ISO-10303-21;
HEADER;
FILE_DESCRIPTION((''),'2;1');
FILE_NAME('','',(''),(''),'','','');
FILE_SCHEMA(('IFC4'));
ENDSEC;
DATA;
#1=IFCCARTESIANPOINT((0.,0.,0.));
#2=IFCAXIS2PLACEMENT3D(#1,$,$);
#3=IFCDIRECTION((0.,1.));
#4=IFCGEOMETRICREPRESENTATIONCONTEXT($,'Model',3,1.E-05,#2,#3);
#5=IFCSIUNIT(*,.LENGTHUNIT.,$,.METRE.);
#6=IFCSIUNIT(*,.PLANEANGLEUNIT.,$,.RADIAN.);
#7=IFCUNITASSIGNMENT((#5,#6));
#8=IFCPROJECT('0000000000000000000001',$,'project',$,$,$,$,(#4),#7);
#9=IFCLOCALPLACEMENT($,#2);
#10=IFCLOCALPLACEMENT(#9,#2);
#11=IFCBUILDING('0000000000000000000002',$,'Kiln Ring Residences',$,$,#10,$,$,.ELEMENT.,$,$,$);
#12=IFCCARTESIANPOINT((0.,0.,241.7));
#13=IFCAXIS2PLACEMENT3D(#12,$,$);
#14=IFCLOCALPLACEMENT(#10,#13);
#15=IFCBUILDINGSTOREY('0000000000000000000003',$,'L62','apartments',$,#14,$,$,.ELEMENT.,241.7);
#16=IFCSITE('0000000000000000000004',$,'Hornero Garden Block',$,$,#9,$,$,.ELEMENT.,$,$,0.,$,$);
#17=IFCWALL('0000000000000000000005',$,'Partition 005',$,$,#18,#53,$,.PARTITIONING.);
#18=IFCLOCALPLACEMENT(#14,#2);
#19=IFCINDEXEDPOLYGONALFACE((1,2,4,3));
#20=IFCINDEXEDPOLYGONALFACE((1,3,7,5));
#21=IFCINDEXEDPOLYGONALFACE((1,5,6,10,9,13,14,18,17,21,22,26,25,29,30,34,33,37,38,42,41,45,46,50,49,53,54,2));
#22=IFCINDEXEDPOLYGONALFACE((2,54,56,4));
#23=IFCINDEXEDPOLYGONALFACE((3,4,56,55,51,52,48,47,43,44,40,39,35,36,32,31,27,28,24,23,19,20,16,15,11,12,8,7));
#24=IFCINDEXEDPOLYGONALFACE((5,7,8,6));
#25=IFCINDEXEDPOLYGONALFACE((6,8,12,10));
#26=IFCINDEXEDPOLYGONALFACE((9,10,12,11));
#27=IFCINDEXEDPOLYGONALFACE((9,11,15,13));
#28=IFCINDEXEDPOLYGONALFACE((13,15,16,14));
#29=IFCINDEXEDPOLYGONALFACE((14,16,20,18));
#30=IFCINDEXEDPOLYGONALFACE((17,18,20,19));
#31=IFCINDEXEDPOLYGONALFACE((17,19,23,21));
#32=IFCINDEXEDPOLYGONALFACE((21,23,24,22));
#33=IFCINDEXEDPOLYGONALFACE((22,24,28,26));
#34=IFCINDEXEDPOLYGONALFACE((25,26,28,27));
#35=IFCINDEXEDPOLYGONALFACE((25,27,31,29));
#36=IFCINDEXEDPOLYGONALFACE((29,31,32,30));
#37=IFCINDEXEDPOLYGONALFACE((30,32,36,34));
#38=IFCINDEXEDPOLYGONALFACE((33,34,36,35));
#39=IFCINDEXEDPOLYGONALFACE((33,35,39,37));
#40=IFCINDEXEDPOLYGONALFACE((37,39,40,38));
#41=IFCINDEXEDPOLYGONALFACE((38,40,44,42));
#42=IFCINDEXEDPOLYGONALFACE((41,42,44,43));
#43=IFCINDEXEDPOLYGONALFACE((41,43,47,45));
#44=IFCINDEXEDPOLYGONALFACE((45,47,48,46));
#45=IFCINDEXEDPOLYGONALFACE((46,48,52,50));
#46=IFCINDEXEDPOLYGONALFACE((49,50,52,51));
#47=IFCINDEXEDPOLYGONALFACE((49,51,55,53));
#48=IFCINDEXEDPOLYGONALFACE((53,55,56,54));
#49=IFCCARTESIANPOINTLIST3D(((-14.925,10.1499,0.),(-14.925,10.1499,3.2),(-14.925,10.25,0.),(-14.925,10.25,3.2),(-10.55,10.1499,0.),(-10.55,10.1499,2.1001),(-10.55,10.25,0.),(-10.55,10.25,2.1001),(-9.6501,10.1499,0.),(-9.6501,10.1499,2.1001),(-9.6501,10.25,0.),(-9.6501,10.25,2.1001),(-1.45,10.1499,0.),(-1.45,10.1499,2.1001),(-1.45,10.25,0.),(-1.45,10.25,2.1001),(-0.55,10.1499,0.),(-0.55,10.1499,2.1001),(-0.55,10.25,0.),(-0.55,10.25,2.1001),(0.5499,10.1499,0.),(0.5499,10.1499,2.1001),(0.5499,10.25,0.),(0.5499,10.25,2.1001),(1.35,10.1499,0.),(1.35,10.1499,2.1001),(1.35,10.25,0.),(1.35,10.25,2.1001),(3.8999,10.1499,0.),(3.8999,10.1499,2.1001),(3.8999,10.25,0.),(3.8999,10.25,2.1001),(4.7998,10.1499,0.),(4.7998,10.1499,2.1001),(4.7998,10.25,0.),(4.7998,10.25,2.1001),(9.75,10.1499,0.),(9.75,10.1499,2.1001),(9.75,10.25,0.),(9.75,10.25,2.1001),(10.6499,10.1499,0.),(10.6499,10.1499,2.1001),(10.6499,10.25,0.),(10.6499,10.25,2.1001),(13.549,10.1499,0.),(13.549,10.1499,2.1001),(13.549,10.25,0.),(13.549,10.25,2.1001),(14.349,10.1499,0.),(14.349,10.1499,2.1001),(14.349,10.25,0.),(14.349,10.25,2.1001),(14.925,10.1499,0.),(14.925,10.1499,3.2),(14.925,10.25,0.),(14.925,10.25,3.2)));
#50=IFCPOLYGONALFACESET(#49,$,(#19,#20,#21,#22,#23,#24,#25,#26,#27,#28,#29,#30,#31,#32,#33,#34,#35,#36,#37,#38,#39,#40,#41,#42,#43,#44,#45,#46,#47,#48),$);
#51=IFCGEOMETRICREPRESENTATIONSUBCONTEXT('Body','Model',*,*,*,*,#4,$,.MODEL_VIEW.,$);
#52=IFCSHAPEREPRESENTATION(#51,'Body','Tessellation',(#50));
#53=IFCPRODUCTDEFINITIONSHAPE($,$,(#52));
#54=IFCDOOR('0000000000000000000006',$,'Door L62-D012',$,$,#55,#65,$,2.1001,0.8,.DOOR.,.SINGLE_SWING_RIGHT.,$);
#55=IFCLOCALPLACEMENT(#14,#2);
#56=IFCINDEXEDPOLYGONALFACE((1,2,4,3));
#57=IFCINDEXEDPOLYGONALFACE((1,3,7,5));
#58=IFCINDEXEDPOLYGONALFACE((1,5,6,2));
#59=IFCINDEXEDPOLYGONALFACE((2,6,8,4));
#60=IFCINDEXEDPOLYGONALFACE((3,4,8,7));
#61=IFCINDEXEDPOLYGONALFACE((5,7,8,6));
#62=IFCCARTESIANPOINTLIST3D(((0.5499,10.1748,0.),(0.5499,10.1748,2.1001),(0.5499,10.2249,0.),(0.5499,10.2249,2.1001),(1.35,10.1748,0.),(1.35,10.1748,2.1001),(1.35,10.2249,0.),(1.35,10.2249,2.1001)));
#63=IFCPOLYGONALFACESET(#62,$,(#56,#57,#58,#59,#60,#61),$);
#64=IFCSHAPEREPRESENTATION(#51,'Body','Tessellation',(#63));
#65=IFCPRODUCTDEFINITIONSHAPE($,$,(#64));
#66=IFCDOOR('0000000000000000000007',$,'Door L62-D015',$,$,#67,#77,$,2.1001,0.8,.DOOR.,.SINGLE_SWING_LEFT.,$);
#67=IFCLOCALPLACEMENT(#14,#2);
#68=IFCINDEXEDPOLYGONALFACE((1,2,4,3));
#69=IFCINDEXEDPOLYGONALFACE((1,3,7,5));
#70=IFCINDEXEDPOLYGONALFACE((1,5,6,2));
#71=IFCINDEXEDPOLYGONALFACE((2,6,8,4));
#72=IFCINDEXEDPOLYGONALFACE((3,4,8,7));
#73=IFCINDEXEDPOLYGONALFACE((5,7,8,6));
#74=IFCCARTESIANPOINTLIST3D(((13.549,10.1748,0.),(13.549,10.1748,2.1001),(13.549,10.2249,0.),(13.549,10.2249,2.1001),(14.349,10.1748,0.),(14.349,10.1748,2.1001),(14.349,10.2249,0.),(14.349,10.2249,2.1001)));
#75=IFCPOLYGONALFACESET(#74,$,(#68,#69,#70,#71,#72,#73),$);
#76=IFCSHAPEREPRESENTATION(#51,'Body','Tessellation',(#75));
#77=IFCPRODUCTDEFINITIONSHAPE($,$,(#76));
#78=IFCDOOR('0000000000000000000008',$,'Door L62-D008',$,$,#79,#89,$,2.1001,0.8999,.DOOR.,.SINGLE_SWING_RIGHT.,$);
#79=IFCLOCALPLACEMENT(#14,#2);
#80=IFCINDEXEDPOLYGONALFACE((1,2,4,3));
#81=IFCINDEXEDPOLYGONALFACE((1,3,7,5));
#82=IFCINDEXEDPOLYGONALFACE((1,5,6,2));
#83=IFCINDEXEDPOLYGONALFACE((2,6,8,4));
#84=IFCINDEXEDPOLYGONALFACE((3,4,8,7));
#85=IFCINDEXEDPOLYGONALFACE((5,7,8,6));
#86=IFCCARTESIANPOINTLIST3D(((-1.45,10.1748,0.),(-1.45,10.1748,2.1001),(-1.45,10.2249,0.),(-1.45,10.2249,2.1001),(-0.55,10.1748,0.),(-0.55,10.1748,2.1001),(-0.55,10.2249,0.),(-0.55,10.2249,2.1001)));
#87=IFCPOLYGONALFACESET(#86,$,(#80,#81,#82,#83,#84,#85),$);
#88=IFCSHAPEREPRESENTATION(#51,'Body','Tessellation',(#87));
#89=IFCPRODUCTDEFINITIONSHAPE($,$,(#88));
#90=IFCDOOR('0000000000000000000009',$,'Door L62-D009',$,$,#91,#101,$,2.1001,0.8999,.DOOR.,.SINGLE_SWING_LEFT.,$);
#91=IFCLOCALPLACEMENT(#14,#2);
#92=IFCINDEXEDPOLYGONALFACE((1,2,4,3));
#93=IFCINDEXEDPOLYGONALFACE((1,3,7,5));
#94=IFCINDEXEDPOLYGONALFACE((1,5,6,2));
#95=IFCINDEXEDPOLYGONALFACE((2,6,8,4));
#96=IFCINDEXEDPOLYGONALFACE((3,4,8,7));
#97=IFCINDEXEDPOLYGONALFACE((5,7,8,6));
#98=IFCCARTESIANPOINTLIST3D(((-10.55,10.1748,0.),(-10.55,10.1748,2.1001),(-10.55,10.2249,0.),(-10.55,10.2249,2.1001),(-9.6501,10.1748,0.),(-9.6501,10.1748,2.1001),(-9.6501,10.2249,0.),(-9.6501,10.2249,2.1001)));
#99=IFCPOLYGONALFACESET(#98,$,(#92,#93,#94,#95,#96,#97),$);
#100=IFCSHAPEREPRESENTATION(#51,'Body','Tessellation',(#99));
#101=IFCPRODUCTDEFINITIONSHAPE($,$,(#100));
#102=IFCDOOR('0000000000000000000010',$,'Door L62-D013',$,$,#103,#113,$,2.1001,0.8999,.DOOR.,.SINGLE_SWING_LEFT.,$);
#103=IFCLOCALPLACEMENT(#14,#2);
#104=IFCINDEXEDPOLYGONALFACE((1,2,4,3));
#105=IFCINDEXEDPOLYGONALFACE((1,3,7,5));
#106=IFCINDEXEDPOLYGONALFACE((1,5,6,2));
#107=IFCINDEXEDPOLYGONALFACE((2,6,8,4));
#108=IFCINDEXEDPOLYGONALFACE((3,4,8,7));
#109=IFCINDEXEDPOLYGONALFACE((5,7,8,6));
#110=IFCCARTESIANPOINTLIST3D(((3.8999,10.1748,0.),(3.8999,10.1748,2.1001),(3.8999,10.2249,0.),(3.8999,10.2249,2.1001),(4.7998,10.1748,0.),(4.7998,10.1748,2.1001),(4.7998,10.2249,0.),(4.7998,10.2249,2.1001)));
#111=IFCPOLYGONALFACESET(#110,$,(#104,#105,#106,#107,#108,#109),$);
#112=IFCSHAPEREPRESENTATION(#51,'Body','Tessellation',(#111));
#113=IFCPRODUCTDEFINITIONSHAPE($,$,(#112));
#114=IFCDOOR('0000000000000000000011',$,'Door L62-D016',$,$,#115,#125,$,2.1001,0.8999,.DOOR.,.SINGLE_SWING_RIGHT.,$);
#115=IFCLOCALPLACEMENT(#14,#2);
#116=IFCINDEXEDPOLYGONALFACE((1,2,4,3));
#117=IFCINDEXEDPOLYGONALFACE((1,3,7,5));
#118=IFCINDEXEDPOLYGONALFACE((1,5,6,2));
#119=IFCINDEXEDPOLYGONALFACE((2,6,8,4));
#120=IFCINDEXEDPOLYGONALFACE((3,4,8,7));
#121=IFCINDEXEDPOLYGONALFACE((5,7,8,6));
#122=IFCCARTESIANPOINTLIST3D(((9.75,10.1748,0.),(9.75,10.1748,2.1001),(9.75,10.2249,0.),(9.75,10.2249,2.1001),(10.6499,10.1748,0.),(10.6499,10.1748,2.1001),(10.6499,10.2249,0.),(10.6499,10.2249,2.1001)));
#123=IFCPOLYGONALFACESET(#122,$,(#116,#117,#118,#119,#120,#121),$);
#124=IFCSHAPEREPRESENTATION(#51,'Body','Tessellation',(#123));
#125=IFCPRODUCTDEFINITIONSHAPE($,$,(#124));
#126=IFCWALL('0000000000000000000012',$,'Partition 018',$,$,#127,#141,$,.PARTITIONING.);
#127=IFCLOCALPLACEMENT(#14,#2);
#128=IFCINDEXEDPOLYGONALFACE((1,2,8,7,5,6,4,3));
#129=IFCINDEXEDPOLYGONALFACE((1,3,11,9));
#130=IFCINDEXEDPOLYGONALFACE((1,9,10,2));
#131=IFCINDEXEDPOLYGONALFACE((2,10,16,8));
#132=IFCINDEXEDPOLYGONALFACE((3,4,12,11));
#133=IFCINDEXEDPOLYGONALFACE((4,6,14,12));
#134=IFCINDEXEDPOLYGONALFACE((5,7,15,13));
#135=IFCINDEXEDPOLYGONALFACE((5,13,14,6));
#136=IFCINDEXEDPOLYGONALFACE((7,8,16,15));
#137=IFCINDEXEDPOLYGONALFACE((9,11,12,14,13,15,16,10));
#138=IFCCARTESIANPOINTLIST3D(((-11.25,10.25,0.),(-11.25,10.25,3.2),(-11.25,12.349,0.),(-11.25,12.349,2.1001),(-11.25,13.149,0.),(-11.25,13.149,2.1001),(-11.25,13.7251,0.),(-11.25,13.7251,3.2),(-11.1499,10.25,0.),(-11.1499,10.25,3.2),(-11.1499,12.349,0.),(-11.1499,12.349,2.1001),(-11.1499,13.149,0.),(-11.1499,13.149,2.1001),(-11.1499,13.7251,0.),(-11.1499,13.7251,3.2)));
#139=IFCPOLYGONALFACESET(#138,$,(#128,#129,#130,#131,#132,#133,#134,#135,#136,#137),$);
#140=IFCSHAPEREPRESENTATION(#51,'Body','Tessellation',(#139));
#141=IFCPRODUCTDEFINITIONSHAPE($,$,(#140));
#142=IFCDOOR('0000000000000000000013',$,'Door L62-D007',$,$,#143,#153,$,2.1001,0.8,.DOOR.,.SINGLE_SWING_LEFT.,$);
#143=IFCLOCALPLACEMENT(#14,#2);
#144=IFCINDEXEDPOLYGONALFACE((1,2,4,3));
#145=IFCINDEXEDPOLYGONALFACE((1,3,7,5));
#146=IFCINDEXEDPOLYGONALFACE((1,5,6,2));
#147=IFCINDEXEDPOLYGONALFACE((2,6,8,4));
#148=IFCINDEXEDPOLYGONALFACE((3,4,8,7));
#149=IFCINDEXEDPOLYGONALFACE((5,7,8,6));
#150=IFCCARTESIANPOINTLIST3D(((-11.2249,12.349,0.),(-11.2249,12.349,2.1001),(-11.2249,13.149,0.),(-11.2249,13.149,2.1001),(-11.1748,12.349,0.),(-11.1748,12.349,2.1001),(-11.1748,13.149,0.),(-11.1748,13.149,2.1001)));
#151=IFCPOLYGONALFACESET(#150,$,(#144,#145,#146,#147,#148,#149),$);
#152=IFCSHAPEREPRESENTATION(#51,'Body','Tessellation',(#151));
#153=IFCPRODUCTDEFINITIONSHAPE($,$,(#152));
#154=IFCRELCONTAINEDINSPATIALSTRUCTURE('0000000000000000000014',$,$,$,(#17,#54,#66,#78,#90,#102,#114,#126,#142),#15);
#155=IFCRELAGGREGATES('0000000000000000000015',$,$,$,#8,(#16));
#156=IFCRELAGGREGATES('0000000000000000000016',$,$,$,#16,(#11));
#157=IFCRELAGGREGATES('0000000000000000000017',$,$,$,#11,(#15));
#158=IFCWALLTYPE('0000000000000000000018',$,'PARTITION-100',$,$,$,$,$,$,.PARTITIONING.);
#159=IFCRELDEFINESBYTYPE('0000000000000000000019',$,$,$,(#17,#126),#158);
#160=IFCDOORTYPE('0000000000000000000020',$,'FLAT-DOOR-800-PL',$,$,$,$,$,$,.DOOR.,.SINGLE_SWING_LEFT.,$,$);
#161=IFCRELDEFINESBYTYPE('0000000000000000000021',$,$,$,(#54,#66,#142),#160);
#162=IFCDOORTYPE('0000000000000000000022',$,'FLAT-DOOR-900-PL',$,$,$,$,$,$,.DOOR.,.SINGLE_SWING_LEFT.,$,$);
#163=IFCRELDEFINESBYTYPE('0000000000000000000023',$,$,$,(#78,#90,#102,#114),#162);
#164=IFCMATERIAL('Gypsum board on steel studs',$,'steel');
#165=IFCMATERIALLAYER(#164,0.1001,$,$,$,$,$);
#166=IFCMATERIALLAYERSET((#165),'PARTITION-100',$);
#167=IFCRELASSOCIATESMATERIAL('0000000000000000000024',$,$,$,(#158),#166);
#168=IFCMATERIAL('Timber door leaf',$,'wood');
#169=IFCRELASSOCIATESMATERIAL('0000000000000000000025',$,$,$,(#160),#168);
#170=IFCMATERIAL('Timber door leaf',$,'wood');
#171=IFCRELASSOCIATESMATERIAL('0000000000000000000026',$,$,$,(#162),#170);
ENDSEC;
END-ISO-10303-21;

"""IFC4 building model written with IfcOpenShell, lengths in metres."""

from ifc_helpers import new_model, si_unit, direction, frame, frame_2d, origin, place, context, subcontext, project, spatial, rectangle, extrude, material, layer, layer_set, type_object, element, fill, save


model = new_model("IFC4")

# Units and contexts
model_context = context("Model", 3, precision=1e-05, world=origin(), true_north=direction((0.0, 1.0)))
body_context = subcontext(model_context, "Body", "Model", "MODEL_VIEW")
ifc_project = project(units=[si_unit("LENGTHUNIT", "METRE"), si_unit("PLANEANGLEUNIT", "RADIAN")], contexts=[model_context])

# Site, building, storey
site_placement = place(None, origin())
site = spatial("IfcSite", under=ifc_project, at=site_placement, Name="Hornero Garden Block", CompositionType="ELEMENT", RefElevation=0.0)
building_placement = place(site_placement, origin())
building = spatial("IfcBuilding", under=site, at=building_placement, Name="Kiln Ring Residences", CompositionType="ELEMENT")
storey_placement = place(building_placement, frame((0.0, 0.0, 241.7)))
storey = spatial("IfcBuildingStorey", under=building, at=storey_placement, Name="L62", Description="apartments", CompositionType="ELEMENT", Elevation=241.7)

# Wall, openings, doors
ifc_material_1 = material(Name="Gypsum board on steel studs", Category="steel")
ifc_layer_1 = layer(ifc_material_1, 0.1001)
ifc_layer_set_1 = layer_set([ifc_layer_1], Name="PARTITION-100")
wall_type_1 = type_object("IfcWallType", Name="PARTITION-100", PredefinedType="PARTITIONING", material=ifc_layer_set_1)
wall_1_placement = place(storey_placement, frame((-14.925, 10.2, 0.0), z_axis=(0.0, 0.0, 1.0), x_axis=(1.0, 0.0, 0.0)))
wall_1 = element("IfcWall", 1, at=wall_1_placement, inside=storey, type_object=wall_type_1, Name="Partition 005", PredefinedType="PARTITIONING", context=body_context, shape_type="SweptSolid", body=[
    extrude(rectangle(XDim=29.8501, YDim=0.1001, at=frame_2d((14.925, 0.0))), origin(), (0.0, 0.0, 1.0), 3.2),
])
opening_1_placement = place(wall_1_placement, frame((13.4751, 0.0, 0.0)))
opening_1 = element("IfcOpeningElement", 2, at=opening_1_placement, cuts=wall_1, PredefinedType="OPENING", context=body_context, shape_type="SweptSolid", body=[
    extrude(rectangle(XDim=0.8999, YDim=2.1001, at=frame_2d((0.45, 1.05))), frame((0.0, 0.0601, 0.0), z_axis=(0.0, -1.0, 0.0), x_axis=(1.0, 0.0, 0.0)), (0.0, 0.0, 1.0), 0.1201),
])
opening_2_placement = place(wall_1_placement, frame((4.375, 0.0, 0.0)))
opening_2 = element("IfcOpeningElement", 3, at=opening_2_placement, cuts=wall_1, PredefinedType="OPENING", context=body_context, shape_type="SweptSolid", body=[
    extrude(rectangle(XDim=0.8999, YDim=2.1001, at=frame_2d((0.45, 1.05))), frame((0.0, 0.0601, 0.0), z_axis=(0.0, -1.0, 0.0), x_axis=(1.0, 0.0, 0.0)), (0.0, 0.0, 1.0), 0.1201),
])
opening_3_placement = place(wall_1_placement, frame((15.4751, 0.0, 0.0)))
opening_3 = element("IfcOpeningElement", 4, at=opening_3_placement, cuts=wall_1, PredefinedType="OPENING", context=body_context, shape_type="SweptSolid", body=[
    extrude(rectangle(XDim=0.8, YDim=2.1001, at=frame_2d((0.3999, 1.05))), frame((0.0, 0.0601, 0.0), z_axis=(0.0, -1.0, 0.0), x_axis=(1.0, 0.0, 0.0)), (0.0, 0.0, 1.0), 0.1201),
])
opening_4_placement = place(wall_1_placement, frame((18.825, 0.0, 0.0)))
opening_4 = element("IfcOpeningElement", 5, at=opening_4_placement, cuts=wall_1, PredefinedType="OPENING", context=body_context, shape_type="SweptSolid", body=[
    extrude(rectangle(XDim=0.8999, YDim=2.1001, at=frame_2d((0.45, 1.05))), frame((0.0, 0.0601, 0.0), z_axis=(0.0, -1.0, 0.0), x_axis=(1.0, 0.0, 0.0)), (0.0, 0.0, 1.0), 0.1201),
])
opening_5_placement = place(wall_1_placement, frame((28.4741, 0.0, 0.0)))
opening_5 = element("IfcOpeningElement", 6, at=opening_5_placement, cuts=wall_1, PredefinedType="OPENING", context=body_context, shape_type="SweptSolid", body=[
    extrude(rectangle(XDim=0.8, YDim=2.1001, at=frame_2d((0.3999, 1.05))), frame((0.0, 0.0601, 0.0), z_axis=(0.0, -1.0, 0.0), x_axis=(1.0, 0.0, 0.0)), (0.0, 0.0, 1.0), 0.1201),
])
opening_6_placement = place(wall_1_placement, frame((24.675, 0.0, 0.0)))
opening_6 = element("IfcOpeningElement", 7, at=opening_6_placement, cuts=wall_1, PredefinedType="OPENING", context=body_context, shape_type="SweptSolid", body=[
    extrude(rectangle(XDim=0.8999, YDim=2.1001, at=frame_2d((0.45, 1.05))), frame((0.0, 0.0601, 0.0), z_axis=(0.0, -1.0, 0.0), x_axis=(1.0, 0.0, 0.0)), (0.0, 0.0, 1.0), 0.1201),
])
ifc_material_2 = material(Name="Timber door leaf", Category="wood")
door_type_1 = type_object("IfcDoorType", Name="FLAT-DOOR-800-PL", OperationType="SINGLE_SWING_LEFT", PredefinedType="DOOR", material=ifc_material_2)
door_1_placement = place(opening_3_placement, origin())
door_1 = element("IfcDoor", 8, at=door_1_placement, inside=storey, type_object=door_type_1, Name="Door L62-D012", OperationType="SINGLE_SWING_RIGHT", OverallHeight=2.1001, OverallWidth=0.8, PredefinedType="DOOR", context=body_context, shape_type="SweptSolid", body=[
    extrude(rectangle(XDim=0.8, YDim=2.1001, at=frame_2d((0.3999, 1.05))), frame((0.0, 0.0249, 0.0), z_axis=(0.0, -1.0, 0.0), x_axis=(1.0, 0.0, 0.0)), (0.0, 0.0, 1.0), 0.05),
])
fill(opening_3, door_1)
door_2_placement = place(opening_5_placement, origin())
door_2 = element("IfcDoor", 9, at=door_2_placement, inside=storey, type_object=door_type_1, Name="Door L62-D015", OperationType="SINGLE_SWING_LEFT", OverallHeight=2.1001, OverallWidth=0.8, PredefinedType="DOOR", context=body_context, shape_type="SweptSolid", body=[
    extrude(rectangle(XDim=0.8, YDim=2.1001, at=frame_2d((0.3999, 1.05))), frame((0.0, 0.0249, 0.0), z_axis=(0.0, -1.0, 0.0), x_axis=(1.0, 0.0, 0.0)), (0.0, 0.0, 1.0), 0.05),
])
fill(opening_5, door_2)
ifc_material_3 = material(Name="Timber door leaf", Category="wood")
door_type_2 = type_object("IfcDoorType", Name="FLAT-DOOR-900-PL", OperationType="SINGLE_SWING_LEFT", PredefinedType="DOOR", material=ifc_material_3)
door_3_placement = place(opening_1_placement, origin())
door_3 = element("IfcDoor", 10, at=door_3_placement, inside=storey, type_object=door_type_2, Name="Door L62-D008", OperationType="SINGLE_SWING_RIGHT", OverallHeight=2.1001, OverallWidth=0.8999, PredefinedType="DOOR", context=body_context, shape_type="SweptSolid", body=[
    extrude(rectangle(XDim=0.8999, YDim=2.1001, at=frame_2d((0.45, 1.05))), frame((0.0, 0.0249, 0.0), z_axis=(0.0, -1.0, 0.0), x_axis=(1.0, 0.0, 0.0)), (0.0, 0.0, 1.0), 0.05),
])
fill(opening_1, door_3)
door_4_placement = place(opening_2_placement, origin())
door_4 = element("IfcDoor", 11, at=door_4_placement, inside=storey, type_object=door_type_2, Name="Door L62-D009", OperationType="SINGLE_SWING_LEFT", OverallHeight=2.1001, OverallWidth=0.8999, PredefinedType="DOOR", context=body_context, shape_type="SweptSolid", body=[
    extrude(rectangle(XDim=0.8999, YDim=2.1001, at=frame_2d((0.45, 1.05))), frame((0.0, 0.0249, 0.0), z_axis=(0.0, -1.0, 0.0), x_axis=(1.0, 0.0, 0.0)), (0.0, 0.0, 1.0), 0.05),
])
fill(opening_2, door_4)
door_5_placement = place(opening_4_placement, origin())
door_5 = element("IfcDoor", 12, at=door_5_placement, inside=storey, type_object=door_type_2, Name="Door L62-D013", OperationType="SINGLE_SWING_LEFT", OverallHeight=2.1001, OverallWidth=0.8999, PredefinedType="DOOR", context=body_context, shape_type="SweptSolid", body=[
    extrude(rectangle(XDim=0.8999, YDim=2.1001, at=frame_2d((0.45, 1.05))), frame((0.0, 0.0249, 0.0), z_axis=(0.0, -1.0, 0.0), x_axis=(1.0, 0.0, 0.0)), (0.0, 0.0, 1.0), 0.05),
])
fill(opening_4, door_5)
door_6_placement = place(opening_6_placement, origin())
door_6 = element("IfcDoor", 13, at=door_6_placement, inside=storey, type_object=door_type_2, Name="Door L62-D016", OperationType="SINGLE_SWING_RIGHT", OverallHeight=2.1001, OverallWidth=0.8999, PredefinedType="DOOR", context=body_context, shape_type="SweptSolid", body=[
    extrude(rectangle(XDim=0.8999, YDim=2.1001, at=frame_2d((0.45, 1.05))), frame((0.0, 0.0249, 0.0), z_axis=(0.0, -1.0, 0.0), x_axis=(1.0, 0.0, 0.0)), (0.0, 0.0, 1.0), 0.05),
])
fill(opening_6, door_6)

# Wall, opening, door
wall_2_placement = place(storey_placement, frame((-11.2, 10.25, 0.0), z_axis=(0.0, 0.0, 1.0), x_axis=(0.0, 1.0, 0.0)))
wall_2 = element("IfcWall", 14, at=wall_2_placement, inside=storey, type_object=wall_type_1, Name="Partition 018", PredefinedType="PARTITIONING", context=body_context, shape_type="SweptSolid", body=[
    extrude(rectangle(XDim=3.4751, YDim=0.1001, at=frame_2d((1.7375, 0.0))), origin(), (0.0, 0.0, 1.0), 3.2),
])
opening_7_placement = place(wall_2_placement, frame((2.0991, 0.0, 0.0)))
opening_7 = element("IfcOpeningElement", 15, at=opening_7_placement, cuts=wall_2, PredefinedType="OPENING", context=body_context, shape_type="SweptSolid", body=[
    extrude(rectangle(XDim=0.8, YDim=2.1001, at=frame_2d((0.3999, 1.05))), frame((0.0, 0.0601, 0.0), z_axis=(0.0, -1.0, 0.0), x_axis=(1.0, 0.0, 0.0)), (0.0, 0.0, 1.0), 0.1201),
])
door_7_placement = place(opening_7_placement, origin())
door_7 = element("IfcDoor", 16, at=door_7_placement, inside=storey, type_object=door_type_1, Name="Door L62-D007", OperationType="SINGLE_SWING_LEFT", OverallHeight=2.1001, OverallWidth=0.8, PredefinedType="DOOR", context=body_context, shape_type="SweptSolid", body=[
    extrude(rectangle(XDim=0.8, YDim=2.1001, at=frame_2d((0.3999, 1.05))), frame((0.0, 0.0249, 0.0), z_axis=(0.0, -1.0, 0.0), x_axis=(1.0, 0.0, 0.0)), (0.0, 0.0, 1.0), 0.05),
])
fill(opening_7, door_7)

save(model, "model.ifc")
